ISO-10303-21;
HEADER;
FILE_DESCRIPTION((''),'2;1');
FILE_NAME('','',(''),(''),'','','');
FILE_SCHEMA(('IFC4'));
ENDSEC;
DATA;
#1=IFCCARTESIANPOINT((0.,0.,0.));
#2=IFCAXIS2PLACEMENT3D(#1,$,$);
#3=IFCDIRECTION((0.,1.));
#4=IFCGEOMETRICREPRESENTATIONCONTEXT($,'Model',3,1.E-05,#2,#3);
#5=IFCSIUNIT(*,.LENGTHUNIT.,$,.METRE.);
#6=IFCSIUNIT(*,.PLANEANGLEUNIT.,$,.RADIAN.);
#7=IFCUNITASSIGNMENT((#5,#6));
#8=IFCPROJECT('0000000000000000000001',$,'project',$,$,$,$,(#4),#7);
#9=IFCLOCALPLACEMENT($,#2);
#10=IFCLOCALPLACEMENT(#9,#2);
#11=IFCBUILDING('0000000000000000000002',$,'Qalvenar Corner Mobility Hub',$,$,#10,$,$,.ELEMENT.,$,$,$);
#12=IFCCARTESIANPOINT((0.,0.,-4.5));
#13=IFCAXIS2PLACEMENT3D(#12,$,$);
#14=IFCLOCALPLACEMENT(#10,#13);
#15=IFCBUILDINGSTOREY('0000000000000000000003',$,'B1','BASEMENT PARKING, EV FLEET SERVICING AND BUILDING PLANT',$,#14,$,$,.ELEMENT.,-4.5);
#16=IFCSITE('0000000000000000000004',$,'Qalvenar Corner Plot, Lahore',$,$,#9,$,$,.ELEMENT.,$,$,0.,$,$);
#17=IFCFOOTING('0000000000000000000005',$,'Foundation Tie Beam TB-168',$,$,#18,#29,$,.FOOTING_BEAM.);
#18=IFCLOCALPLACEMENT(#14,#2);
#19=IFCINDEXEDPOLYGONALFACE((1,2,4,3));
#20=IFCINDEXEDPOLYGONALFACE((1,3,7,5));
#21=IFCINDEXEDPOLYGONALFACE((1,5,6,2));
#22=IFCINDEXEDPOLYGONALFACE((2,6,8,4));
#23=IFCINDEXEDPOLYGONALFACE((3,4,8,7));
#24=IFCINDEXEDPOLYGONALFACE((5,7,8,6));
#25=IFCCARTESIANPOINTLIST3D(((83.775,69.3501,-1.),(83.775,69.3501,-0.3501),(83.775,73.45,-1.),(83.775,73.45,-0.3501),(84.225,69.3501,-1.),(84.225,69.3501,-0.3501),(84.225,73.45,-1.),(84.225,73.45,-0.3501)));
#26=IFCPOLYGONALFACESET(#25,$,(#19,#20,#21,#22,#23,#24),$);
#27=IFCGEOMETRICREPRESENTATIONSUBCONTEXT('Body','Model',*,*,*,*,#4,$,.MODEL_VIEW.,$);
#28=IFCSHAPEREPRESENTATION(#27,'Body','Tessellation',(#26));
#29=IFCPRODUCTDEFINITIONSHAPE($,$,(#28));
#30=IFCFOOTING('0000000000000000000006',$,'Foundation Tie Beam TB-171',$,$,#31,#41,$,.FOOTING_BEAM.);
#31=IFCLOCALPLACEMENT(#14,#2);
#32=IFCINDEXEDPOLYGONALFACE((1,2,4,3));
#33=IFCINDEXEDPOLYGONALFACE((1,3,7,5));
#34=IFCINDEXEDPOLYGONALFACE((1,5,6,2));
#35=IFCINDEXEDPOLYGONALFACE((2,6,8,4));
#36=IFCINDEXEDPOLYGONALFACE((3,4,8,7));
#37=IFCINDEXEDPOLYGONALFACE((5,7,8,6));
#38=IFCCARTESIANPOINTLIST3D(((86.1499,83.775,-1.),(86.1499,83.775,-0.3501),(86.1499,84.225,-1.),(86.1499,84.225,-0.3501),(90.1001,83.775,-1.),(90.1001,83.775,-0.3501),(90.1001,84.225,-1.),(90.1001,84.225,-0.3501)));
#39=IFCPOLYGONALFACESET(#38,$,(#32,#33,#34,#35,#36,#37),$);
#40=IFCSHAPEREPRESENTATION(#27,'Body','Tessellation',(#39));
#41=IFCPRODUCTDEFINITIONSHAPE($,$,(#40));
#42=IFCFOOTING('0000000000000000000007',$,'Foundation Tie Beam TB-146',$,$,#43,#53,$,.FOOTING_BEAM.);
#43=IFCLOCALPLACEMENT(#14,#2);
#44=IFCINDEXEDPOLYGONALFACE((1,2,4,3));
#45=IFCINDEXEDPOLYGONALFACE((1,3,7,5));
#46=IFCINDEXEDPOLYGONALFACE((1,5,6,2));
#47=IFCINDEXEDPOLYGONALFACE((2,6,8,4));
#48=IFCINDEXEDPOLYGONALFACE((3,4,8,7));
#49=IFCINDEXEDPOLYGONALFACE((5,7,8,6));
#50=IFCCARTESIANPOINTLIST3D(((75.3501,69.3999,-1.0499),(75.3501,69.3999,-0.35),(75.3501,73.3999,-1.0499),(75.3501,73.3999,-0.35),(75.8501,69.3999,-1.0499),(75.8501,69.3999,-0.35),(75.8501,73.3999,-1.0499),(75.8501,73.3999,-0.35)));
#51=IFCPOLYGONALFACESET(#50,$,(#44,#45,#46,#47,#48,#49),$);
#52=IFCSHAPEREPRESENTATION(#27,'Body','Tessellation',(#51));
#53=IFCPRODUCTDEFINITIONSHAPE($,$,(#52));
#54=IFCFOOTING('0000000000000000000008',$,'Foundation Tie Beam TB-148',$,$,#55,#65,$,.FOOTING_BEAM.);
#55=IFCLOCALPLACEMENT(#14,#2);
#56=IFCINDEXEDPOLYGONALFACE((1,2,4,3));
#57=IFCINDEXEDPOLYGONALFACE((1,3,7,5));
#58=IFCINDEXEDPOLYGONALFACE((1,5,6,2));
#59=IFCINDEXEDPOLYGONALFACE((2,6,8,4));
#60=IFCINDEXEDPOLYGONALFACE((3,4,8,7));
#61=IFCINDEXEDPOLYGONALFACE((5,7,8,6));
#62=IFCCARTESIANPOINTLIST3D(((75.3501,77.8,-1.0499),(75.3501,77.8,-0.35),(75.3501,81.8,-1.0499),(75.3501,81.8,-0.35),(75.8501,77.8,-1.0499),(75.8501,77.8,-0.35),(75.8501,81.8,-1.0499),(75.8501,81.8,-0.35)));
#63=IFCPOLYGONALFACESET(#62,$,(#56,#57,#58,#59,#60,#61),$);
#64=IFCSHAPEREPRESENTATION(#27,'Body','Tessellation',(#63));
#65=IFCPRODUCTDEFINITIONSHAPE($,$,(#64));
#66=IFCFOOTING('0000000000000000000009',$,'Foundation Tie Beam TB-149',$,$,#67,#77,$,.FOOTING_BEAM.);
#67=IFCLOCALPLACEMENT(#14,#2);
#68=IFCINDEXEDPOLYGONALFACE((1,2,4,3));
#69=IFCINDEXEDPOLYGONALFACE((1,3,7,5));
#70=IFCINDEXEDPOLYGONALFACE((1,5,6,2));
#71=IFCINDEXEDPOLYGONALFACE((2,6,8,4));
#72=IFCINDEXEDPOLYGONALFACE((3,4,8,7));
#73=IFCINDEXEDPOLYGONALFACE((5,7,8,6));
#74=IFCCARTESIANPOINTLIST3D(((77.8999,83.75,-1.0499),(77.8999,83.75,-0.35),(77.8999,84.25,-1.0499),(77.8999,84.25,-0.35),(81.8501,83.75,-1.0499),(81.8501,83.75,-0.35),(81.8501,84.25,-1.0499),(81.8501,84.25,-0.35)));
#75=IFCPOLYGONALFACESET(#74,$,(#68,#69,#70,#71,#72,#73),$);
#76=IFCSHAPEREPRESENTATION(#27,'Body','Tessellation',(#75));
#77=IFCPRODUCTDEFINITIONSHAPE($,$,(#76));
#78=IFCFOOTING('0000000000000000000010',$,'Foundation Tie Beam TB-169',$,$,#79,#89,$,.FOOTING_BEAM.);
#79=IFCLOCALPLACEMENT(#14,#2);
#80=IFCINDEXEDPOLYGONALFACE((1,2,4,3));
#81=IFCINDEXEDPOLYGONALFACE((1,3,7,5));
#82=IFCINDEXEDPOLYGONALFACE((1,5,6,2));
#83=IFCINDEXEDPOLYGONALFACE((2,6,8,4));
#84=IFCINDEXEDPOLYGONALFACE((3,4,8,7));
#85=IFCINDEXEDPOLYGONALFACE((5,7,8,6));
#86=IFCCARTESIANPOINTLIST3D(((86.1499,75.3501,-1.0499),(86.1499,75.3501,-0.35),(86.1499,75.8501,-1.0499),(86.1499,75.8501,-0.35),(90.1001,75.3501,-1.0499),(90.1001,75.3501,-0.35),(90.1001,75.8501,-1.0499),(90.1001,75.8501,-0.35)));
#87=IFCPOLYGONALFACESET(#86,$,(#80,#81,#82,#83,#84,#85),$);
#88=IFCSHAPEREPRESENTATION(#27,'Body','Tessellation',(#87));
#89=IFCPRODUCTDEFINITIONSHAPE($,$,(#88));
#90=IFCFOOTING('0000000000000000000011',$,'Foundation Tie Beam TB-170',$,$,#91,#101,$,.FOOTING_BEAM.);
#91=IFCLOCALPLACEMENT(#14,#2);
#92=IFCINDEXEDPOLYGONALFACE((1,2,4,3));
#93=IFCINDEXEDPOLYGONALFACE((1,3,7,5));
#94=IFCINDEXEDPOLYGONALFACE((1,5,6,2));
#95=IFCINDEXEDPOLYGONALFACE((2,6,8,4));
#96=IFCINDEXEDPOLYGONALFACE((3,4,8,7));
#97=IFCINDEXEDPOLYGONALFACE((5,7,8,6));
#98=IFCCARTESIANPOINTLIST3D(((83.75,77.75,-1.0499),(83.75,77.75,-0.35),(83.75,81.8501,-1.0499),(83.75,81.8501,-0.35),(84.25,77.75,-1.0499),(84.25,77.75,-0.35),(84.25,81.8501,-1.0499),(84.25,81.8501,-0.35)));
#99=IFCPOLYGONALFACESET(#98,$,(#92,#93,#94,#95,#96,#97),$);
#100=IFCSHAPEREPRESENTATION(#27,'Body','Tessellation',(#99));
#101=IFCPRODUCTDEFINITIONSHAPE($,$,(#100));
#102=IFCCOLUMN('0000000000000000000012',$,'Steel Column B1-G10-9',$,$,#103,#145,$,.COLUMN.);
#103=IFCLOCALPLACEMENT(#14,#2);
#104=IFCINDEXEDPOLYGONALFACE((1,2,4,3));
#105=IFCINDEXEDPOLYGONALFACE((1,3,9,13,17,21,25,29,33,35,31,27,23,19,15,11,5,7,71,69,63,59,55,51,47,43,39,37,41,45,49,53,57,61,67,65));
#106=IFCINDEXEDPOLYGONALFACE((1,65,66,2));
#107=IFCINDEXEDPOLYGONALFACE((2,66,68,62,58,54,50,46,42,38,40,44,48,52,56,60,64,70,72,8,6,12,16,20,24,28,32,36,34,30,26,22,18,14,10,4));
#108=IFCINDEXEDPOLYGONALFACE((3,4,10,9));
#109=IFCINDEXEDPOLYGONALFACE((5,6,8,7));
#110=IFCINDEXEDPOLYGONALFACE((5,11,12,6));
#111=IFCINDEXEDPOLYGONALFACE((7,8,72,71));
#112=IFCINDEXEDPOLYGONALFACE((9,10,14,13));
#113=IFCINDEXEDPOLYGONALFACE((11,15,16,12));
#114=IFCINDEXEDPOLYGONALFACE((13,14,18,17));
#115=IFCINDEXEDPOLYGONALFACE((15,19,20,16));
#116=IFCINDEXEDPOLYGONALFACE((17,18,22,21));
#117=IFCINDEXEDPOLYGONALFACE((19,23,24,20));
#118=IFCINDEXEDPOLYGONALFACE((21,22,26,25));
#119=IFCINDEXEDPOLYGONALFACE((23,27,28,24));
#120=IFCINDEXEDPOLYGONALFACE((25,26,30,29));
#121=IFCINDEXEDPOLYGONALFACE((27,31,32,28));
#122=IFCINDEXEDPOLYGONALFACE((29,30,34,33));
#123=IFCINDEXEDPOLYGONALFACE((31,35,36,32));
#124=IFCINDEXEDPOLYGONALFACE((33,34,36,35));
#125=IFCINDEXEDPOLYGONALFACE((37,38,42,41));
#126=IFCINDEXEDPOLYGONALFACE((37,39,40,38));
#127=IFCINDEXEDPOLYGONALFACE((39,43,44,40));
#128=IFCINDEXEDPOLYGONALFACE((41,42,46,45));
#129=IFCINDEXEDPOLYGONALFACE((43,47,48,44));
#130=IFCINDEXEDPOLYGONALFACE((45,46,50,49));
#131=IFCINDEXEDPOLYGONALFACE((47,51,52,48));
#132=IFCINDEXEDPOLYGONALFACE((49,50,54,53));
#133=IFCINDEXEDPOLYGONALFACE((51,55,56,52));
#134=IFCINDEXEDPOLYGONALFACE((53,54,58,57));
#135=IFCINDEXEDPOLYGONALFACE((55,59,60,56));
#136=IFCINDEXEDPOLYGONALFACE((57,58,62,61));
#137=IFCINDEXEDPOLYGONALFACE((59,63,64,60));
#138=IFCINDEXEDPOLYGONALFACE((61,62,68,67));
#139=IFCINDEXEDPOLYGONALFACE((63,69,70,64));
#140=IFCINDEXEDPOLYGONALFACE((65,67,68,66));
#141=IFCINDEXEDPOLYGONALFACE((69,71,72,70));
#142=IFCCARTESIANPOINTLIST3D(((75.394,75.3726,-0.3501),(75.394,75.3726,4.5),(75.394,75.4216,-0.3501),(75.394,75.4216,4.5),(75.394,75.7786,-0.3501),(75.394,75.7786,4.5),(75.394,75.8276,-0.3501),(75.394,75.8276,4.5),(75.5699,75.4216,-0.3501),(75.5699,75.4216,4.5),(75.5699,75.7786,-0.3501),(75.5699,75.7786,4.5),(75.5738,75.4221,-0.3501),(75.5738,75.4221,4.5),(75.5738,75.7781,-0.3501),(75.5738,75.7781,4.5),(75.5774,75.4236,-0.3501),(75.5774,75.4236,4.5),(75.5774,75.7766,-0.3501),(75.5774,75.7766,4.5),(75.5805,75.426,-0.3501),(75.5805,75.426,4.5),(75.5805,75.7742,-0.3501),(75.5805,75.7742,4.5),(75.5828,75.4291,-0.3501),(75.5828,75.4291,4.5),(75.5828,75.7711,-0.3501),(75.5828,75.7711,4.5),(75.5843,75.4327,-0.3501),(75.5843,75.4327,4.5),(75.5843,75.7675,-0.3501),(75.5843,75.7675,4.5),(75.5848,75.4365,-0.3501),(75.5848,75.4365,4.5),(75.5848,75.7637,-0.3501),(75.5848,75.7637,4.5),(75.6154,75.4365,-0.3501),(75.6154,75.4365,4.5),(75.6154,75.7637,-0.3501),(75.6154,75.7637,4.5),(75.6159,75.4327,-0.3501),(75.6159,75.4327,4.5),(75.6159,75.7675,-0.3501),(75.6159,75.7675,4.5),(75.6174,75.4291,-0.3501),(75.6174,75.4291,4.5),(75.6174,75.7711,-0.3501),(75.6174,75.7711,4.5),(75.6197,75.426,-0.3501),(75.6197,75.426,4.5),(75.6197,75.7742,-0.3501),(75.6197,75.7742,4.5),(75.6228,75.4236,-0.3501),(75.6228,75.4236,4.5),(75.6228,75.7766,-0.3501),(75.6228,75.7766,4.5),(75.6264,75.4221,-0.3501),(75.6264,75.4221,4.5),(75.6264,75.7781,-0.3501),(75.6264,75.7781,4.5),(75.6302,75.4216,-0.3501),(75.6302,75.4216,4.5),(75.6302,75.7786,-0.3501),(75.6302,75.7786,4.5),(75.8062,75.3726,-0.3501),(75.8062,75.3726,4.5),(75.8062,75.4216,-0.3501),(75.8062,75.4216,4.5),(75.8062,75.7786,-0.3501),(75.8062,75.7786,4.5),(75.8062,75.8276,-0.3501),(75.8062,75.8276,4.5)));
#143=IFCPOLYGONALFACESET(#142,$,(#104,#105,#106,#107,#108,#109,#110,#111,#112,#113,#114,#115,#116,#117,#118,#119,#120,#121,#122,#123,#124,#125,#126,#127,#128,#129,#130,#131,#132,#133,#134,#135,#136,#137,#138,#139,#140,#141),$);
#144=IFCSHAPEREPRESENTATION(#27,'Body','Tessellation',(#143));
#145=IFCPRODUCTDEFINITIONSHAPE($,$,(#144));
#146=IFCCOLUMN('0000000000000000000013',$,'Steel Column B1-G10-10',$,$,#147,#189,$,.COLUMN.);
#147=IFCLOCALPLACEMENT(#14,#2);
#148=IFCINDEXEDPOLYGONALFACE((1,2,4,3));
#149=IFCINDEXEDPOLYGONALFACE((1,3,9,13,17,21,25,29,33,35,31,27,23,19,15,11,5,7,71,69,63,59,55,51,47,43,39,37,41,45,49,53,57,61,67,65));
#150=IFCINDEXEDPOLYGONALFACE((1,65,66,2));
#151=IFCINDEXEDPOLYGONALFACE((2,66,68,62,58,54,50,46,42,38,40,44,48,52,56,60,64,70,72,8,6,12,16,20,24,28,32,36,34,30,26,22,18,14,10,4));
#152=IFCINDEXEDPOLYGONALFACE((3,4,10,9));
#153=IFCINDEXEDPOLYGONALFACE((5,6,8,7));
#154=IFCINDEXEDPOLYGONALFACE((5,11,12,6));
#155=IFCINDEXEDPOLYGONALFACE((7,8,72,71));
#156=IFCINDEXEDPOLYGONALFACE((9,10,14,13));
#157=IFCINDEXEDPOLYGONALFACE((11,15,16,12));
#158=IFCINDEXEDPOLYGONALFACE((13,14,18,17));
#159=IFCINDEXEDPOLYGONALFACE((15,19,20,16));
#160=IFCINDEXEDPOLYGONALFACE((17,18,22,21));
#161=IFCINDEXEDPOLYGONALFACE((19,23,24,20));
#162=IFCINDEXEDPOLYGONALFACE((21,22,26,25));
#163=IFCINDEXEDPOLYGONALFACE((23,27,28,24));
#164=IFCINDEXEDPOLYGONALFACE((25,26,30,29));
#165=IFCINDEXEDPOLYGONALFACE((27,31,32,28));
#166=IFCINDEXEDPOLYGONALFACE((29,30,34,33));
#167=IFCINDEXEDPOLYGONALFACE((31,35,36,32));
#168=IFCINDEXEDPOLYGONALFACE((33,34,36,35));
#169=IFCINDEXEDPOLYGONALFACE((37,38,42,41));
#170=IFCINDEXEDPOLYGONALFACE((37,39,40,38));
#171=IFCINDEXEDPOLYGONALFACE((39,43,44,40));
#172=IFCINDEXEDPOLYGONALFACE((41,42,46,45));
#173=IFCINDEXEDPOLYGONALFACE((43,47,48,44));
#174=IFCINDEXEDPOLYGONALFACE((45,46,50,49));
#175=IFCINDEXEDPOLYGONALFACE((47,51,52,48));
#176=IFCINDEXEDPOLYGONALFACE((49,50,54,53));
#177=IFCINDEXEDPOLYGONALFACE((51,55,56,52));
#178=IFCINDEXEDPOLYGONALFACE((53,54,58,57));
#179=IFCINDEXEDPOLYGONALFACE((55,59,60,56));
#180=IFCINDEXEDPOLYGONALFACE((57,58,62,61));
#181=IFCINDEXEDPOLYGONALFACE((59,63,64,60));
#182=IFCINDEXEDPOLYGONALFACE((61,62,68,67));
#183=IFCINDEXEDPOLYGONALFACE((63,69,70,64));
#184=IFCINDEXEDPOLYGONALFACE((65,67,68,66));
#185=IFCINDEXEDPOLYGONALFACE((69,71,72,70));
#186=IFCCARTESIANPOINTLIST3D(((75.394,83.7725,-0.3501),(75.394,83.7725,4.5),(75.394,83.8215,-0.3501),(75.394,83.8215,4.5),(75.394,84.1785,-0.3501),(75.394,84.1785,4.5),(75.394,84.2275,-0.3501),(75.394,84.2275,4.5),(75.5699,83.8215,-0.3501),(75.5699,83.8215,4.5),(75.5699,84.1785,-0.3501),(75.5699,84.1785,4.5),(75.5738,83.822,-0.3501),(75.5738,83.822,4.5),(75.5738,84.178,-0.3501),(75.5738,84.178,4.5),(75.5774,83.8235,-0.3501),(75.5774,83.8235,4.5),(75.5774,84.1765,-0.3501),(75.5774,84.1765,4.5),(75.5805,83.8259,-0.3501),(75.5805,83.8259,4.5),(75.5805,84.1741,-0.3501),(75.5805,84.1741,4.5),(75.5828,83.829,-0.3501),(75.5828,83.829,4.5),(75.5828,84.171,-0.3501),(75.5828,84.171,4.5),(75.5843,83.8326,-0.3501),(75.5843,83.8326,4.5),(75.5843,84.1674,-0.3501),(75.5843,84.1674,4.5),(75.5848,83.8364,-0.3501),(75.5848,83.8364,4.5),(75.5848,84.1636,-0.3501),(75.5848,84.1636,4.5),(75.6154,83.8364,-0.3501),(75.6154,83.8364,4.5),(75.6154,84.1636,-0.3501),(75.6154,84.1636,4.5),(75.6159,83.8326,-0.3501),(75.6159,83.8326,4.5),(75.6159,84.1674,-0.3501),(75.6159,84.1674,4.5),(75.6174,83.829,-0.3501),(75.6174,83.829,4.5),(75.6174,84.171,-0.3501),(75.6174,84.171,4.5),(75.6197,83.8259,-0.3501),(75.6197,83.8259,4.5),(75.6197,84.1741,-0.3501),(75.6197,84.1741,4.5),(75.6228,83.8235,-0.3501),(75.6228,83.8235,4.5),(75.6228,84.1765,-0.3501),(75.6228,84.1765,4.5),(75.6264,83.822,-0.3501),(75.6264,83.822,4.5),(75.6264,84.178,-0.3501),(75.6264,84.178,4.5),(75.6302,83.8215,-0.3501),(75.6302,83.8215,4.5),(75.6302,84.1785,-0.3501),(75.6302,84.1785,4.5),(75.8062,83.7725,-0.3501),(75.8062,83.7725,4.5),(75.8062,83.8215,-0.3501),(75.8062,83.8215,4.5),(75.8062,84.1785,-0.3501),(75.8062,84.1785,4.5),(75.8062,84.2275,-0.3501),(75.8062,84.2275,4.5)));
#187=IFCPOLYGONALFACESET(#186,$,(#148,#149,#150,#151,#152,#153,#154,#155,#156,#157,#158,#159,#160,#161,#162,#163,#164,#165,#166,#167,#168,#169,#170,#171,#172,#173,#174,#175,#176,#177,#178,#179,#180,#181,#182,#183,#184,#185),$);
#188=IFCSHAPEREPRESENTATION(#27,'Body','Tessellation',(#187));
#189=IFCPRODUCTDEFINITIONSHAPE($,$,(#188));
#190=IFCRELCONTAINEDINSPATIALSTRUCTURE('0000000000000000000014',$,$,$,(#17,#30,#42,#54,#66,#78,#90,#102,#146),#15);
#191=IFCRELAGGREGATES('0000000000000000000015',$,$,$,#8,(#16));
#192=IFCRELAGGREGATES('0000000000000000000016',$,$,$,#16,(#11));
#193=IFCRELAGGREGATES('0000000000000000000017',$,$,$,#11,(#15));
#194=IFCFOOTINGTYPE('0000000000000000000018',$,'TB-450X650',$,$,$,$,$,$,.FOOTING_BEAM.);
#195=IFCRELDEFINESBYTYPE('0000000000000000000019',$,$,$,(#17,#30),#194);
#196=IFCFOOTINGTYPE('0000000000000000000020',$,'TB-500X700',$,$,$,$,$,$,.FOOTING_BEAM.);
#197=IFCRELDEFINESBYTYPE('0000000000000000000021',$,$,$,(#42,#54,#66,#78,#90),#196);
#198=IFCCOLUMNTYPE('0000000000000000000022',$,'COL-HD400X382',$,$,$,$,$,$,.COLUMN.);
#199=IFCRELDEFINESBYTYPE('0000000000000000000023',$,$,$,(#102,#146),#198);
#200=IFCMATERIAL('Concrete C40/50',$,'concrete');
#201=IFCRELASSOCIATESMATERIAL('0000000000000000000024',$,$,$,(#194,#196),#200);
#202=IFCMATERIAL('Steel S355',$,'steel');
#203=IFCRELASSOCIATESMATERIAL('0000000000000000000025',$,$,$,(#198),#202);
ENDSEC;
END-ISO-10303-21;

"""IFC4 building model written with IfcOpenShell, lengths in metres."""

from ifc_helpers import new_model, si_unit, direction, frame, origin, origin_2d, place, context, subcontext, project, spatial, rectangle, i_section, extrude, material, material_profile, profile_set, type_object, element, save


model = new_model("IFC4")

# Units and contexts
model_context = context("Model", 3, precision=1e-05, world=origin(), true_north=direction((0.0, 1.0)))
body_context = subcontext(model_context, "Body", "Model", "MODEL_VIEW")
ifc_project = project(units=[si_unit("LENGTHUNIT", "METRE"), si_unit("PLANEANGLEUNIT", "RADIAN")], contexts=[model_context])

# Site, building, storey
site_placement = place(None, origin())
site = spatial("IfcSite", under=ifc_project, at=site_placement, Name="Qalvenar Corner Plot, Lahore", CompositionType="ELEMENT", RefElevation=0.0)
building_placement = place(site_placement, origin())
building = spatial("IfcBuilding", under=site, at=building_placement, Name="Qalvenar Corner Mobility Hub", CompositionType="ELEMENT")
storey_placement = place(building_placement, frame((0.0, 0.0, -4.5)))
storey = spatial("IfcBuildingStorey", under=building, at=storey_placement, Name="B1", Description="BASEMENT PARKING, EV FLEET SERVICING AND BUILDING PLANT", CompositionType="ELEMENT", Elevation=-4.5)

# Shared definitions
ifc_material_1 = material(Name="Concrete C40/50", Category="concrete")

# Footings
ifc_material_profile_1 = material_profile(ifc_material_1, rectangle(XDim=0.45, YDim=0.6499, at=origin_2d()), Name="RC450x650")
ifc_profile_set_1 = profile_set([ifc_material_profile_1], Name="Concrete C40/50")
footing_type_1 = type_object("IfcFootingType", Name="TB-450X650", PredefinedType="FOOTING_BEAM", material=ifc_profile_set_1)
footing_1_placement = place(storey_placement, frame((84.0, 69.3501, -0.675), z_axis=(0.0, 1.0, 0.0), x_axis=(-1.0, 0.0, 0.0)))
element("IfcFooting", 1, at=footing_1_placement, inside=storey, type_object=footing_type_1, Name="Foundation Tie Beam TB-168", PredefinedType="FOOTING_BEAM", context=body_context, shape_type="SweptSolid", body=[
    extrude(rectangle(XDim=0.45, YDim=0.6499, at=origin_2d()), origin(), (0.0, 0.0, 1.0), 4.0999),
])
footing_2_placement = place(storey_placement, frame((86.1499, 84.0, -0.675), z_axis=(1.0, 0.0, 0.0), x_axis=(0.0, 1.0, 0.0)))
element("IfcFooting", 2, at=footing_2_placement, inside=storey, type_object=footing_type_1, Name="Foundation Tie Beam TB-171", PredefinedType="FOOTING_BEAM", context=body_context, shape_type="SweptSolid", body=[
    extrude(rectangle(XDim=0.45, YDim=0.6499, at=origin_2d()), origin(), (0.0, 0.0, 1.0), 3.9502),
])
ifc_material_profile_2 = material_profile(ifc_material_1, rectangle(XDim=0.5, YDim=0.7, at=origin_2d()), Name="RC500x700")
ifc_profile_set_2 = profile_set([ifc_material_profile_2], Name="Concrete C40/50")
footing_type_2 = type_object("IfcFootingType", Name="TB-500X700", PredefinedType="FOOTING_BEAM", material=ifc_profile_set_2)
for number, where, z_axis, x_axis, name in (
    (3, (75.6001, 69.3999, -0.7), (0.0, 1.0, 0.0), (-1.0, 0.0, 0.0), "Foundation Tie Beam TB-146"),
    (4, (75.6001, 77.8, -0.7), (0.0, 1.0, 0.0), (-1.0, 0.0, 0.0), "Foundation Tie Beam TB-148"),
):
    element("IfcFooting", number, at=place(storey_placement, frame(where, z_axis=z_axis, x_axis=x_axis)), inside=storey, type_object=footing_type_2, Name=name, PredefinedType="FOOTING_BEAM", context=body_context, shape_type="SweptSolid", body=[
        extrude(rectangle(XDim=0.5, YDim=0.7, at=origin_2d()), origin(), (0.0, 0.0, 1.0), 4.0),
    ])
for number, where, z_axis, x_axis, name in (
    (5, (77.8999, 84.0, -0.7), (1.0, 0.0, 0.0), (0.0, 1.0, 0.0), "Foundation Tie Beam TB-149"),
    (6, (86.1499, 75.6001, -0.7), (1.0, 0.0, 0.0), (0.0, 1.0, 0.0), "Foundation Tie Beam TB-169"),
):
    element("IfcFooting", number, at=place(storey_placement, frame(where, z_axis=z_axis, x_axis=x_axis)), inside=storey, type_object=footing_type_2, Name=name, PredefinedType="FOOTING_BEAM", context=body_context, shape_type="SweptSolid", body=[
        extrude(rectangle(XDim=0.5, YDim=0.7, at=origin_2d()), origin(), (0.0, 0.0, 1.0), 3.9502),
    ])
footing_3_placement = place(storey_placement, frame((84.0, 77.75, -0.7), z_axis=(0.0, 1.0, 0.0), x_axis=(-1.0, 0.0, 0.0)))
element("IfcFooting", 7, at=footing_3_placement, inside=storey, type_object=footing_type_2, Name="Foundation Tie Beam TB-170", PredefinedType="FOOTING_BEAM", context=body_context, shape_type="SweptSolid", body=[
    extrude(rectangle(XDim=0.5, YDim=0.7, at=origin_2d()), origin(), (0.0, 0.0, 1.0), 4.1001),
])

# Columns
ifc_material_2 = material(Name="Steel S355", Category="steel")
ifc_material_profile_3 = material_profile(ifc_material_2, i_section(OverallWidth=0.4121, OverallDepth=0.4551, WebThickness=0.0305, FlangeThickness=0.0491, FilletRadius=0.0149, at=origin_2d()), Name="HD400x421")
ifc_profile_set_3 = profile_set([ifc_material_profile_3], Name="Steel S355")
column_type_1 = type_object("IfcColumnType", Name="COL-HD400X382", PredefinedType="COLUMN", material=ifc_profile_set_3)
for number, where, z_axis, x_axis, name in (
    (8, (75.6001, 75.6001, -0.3501), (0.0, 0.0, 1.0), (1.0, 0.0, 0.0), "Steel Column B1-G10-9"),
    (9, (75.6001, 84.0, -0.3501), (0.0, 0.0, 1.0), (1.0, 0.0, 0.0), "Steel Column B1-G10-10"),
):
    element("IfcColumn", number, at=place(storey_placement, frame(where, z_axis=z_axis, x_axis=x_axis)), inside=storey, type_object=column_type_1, Name=name, PredefinedType="COLUMN", context=body_context, shape_type="SweptSolid", body=[
        extrude(i_section(OverallWidth=0.4121, OverallDepth=0.4551, WebThickness=0.0305, FlangeThickness=0.0491, FilletRadius=0.0149, at=origin_2d()), origin(), (0.0, 0.0, 1.0), 4.8501),
    ])

save(model, "model.ifc")
